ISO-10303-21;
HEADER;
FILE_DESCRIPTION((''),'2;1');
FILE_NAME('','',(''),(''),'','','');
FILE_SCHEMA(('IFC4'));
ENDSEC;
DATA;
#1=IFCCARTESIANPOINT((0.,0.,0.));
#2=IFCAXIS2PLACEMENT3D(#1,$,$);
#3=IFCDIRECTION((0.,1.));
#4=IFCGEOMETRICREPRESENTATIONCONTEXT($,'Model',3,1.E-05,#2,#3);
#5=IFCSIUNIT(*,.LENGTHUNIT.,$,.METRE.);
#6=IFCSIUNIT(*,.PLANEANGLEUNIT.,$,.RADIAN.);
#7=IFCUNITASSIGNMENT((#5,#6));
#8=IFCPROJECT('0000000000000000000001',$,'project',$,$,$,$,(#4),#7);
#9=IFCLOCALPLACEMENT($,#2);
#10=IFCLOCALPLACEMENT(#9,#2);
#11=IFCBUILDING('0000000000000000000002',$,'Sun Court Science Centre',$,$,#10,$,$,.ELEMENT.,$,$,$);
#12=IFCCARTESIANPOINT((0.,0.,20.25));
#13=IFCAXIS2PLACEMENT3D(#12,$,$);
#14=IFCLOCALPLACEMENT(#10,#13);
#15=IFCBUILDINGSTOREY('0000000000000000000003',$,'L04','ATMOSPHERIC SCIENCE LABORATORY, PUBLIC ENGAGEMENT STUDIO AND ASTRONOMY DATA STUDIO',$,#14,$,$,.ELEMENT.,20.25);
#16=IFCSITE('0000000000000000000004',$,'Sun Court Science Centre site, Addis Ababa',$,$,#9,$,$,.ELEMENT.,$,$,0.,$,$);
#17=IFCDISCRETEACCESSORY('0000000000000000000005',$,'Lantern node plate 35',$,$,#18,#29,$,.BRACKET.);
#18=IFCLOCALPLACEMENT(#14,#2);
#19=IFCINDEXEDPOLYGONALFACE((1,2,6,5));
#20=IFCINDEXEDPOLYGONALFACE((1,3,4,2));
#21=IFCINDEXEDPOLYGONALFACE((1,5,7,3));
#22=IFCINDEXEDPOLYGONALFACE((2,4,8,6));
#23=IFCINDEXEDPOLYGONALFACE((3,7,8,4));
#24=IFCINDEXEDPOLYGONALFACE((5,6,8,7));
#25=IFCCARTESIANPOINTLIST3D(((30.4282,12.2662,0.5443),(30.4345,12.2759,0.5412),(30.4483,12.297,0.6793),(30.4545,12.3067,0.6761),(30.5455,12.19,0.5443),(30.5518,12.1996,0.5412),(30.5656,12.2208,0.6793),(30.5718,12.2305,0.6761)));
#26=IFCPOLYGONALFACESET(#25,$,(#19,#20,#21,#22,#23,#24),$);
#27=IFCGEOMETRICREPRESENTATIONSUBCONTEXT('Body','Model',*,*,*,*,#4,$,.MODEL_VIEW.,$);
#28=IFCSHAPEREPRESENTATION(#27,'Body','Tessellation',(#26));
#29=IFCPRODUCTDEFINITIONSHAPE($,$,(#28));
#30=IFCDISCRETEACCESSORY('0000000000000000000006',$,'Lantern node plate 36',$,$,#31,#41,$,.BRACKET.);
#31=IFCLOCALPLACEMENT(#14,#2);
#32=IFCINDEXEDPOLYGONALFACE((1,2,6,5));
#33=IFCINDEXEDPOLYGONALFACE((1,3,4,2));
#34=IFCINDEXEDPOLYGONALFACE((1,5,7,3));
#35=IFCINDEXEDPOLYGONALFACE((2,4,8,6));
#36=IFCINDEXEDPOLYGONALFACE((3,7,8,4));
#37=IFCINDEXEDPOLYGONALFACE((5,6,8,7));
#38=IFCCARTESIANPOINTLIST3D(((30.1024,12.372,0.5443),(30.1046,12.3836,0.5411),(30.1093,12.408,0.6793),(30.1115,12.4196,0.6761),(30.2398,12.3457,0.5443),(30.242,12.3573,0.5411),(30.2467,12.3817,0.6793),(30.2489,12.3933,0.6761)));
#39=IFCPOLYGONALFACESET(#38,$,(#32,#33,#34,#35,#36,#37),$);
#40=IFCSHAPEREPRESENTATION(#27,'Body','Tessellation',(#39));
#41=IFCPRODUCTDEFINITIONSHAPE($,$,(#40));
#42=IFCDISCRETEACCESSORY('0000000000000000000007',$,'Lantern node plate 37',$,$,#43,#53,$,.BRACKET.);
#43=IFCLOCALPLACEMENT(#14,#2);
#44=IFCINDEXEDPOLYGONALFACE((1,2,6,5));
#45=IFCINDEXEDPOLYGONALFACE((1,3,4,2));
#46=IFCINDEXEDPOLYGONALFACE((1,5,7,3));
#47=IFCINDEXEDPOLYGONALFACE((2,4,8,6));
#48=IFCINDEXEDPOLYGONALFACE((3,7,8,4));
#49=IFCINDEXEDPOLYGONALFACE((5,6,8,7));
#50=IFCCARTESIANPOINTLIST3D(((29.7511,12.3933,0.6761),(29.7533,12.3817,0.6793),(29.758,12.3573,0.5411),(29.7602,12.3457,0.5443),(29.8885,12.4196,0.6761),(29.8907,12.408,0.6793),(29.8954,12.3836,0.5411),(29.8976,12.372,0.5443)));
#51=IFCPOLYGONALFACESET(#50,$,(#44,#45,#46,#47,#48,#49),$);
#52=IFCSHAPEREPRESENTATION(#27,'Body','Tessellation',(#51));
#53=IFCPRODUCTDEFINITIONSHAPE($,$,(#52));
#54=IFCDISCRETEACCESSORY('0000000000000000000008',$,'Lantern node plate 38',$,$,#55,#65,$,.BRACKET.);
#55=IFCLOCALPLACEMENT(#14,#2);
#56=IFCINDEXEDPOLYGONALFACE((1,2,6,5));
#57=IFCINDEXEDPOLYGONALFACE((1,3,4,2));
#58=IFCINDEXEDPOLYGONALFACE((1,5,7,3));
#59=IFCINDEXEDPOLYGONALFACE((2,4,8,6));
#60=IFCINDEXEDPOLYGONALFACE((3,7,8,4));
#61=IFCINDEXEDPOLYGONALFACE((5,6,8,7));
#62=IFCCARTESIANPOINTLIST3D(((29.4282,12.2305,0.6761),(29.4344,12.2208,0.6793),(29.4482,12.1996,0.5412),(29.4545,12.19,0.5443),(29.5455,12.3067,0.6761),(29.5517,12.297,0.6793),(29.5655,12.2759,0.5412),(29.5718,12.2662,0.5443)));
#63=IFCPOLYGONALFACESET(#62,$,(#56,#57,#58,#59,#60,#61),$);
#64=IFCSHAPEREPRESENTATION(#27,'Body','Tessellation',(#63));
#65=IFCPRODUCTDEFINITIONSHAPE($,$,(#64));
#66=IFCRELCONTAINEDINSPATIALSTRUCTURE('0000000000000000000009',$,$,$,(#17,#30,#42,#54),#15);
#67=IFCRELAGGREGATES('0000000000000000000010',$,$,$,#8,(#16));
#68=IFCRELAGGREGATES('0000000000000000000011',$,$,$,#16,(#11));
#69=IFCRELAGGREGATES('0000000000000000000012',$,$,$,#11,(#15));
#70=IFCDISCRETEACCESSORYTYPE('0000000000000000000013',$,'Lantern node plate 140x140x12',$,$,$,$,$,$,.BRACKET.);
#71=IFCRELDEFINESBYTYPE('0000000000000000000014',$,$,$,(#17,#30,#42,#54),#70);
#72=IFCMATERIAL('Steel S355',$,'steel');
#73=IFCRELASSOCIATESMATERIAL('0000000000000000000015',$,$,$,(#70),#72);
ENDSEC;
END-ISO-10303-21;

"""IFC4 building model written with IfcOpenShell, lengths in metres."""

from ifc_helpers import new_model, si_unit, direction, frame, origin, origin_2d, place, context, subcontext, project, spatial, rectangle, extrude, material, material_profile, profile_set, type_object, element, save


model = new_model("IFC4")

# Units and contexts
model_context = context("Model", 3, precision=1e-05, world=origin(), true_north=direction((0.0, 1.0)))
body_context = subcontext(model_context, "Body", "Model", "MODEL_VIEW")
ifc_project = project(units=[si_unit("LENGTHUNIT", "METRE"), si_unit("PLANEANGLEUNIT", "RADIAN")], contexts=[model_context])

# Site, building, storey
site_placement = place(None, origin())
site = spatial("IfcSite", under=ifc_project, at=site_placement, Name="Sun Court Science Centre site, Addis Ababa", CompositionType="ELEMENT", RefElevation=0.0)
building_placement = place(site_placement, origin())
building = spatial("IfcBuilding", under=site, at=building_placement, Name="Sun Court Science Centre", CompositionType="ELEMENT")
storey_placement = place(building_placement, frame((0.0, 0.0, 20.25)))
storey = spatial("IfcBuildingStorey", under=building, at=storey_placement, Name="L04", Description="ATMOSPHERIC SCIENCE LABORATORY, PUBLIC ENGAGEMENT STUDIO AND ASTRONOMY DATA STUDIO", CompositionType="ELEMENT", Elevation=20.25)

# Discrete accessories
ifc_material_1 = material(Name="Steel S355", Category="steel")
ifc_material_profile_1 = material_profile(ifc_material_1, rectangle(XDim=0.1399, YDim=0.1399, at=origin_2d()), Name="PL 140x140")
ifc_profile_set_1 = profile_set([ifc_material_profile_1], Name="Steel S355")
discrete_accessory_type_1 = type_object("IfcDiscreteAccessoryType", Name="Lantern node plate 140x140x12", PredefinedType="BRACKET", material=ifc_profile_set_1)
discrete_accessory_1_placement = place(storey_placement, frame((30.5032, 12.2532, 0.6086), z_axis=(-0.525816, -0.808948, 0.262908), x_axis=(0.838444, -0.544988, 0.0)))
element("IfcDiscreteAccessory", 1, at=discrete_accessory_1_placement, inside=storey, type_object=discrete_accessory_type_1, Name="Lantern node plate 35", PredefinedType="BRACKET", context=body_context, shape_type="SweptSolid", body=[
    extrude(rectangle(XDim=0.1399, YDim=0.1399, at=origin_2d()), origin(), (0.0, 0.0, 1.0), 0.012),
])
for number, where, z_axis, x_axis, name in (
    (2, (30.1768, 12.3884, 0.6086), (-0.181494, -0.947804, 0.262159), (0.982155, -0.188072, 0.0), "Lantern node plate 36"),
    (3, (29.8232, 12.3884, 0.6086), (0.181494, -0.947804, 0.262159), (0.982155, 0.188072, 0.0), "Lantern node plate 37"),
):
    element("IfcDiscreteAccessory", number, at=place(storey_placement, frame(where, z_axis=z_axis, x_axis=x_axis)), inside=storey, type_object=discrete_accessory_type_1, Name=name, PredefinedType="BRACKET", context=body_context, shape_type="SweptSolid", body=[
        extrude(rectangle(XDim=0.1399, YDim=0.1399, at=origin_2d()), origin(), (0.0, 0.0, 1.0), 0.0122),
    ])
discrete_accessory_2_placement = place(storey_placement, frame((29.4968, 12.2532, 0.6086), z_axis=(0.525816, -0.808948, 0.262908), x_axis=(0.838444, 0.544988, 0.0)))
element("IfcDiscreteAccessory", 4, at=discrete_accessory_2_placement, inside=storey, type_object=discrete_accessory_type_1, Name="Lantern node plate 38", PredefinedType="BRACKET", context=body_context, shape_type="SweptSolid", body=[
    extrude(rectangle(XDim=0.1399, YDim=0.1399, at=origin_2d()), origin(), (0.0, 0.0, 1.0), 0.012),
])

save(model, "model.ifc")
